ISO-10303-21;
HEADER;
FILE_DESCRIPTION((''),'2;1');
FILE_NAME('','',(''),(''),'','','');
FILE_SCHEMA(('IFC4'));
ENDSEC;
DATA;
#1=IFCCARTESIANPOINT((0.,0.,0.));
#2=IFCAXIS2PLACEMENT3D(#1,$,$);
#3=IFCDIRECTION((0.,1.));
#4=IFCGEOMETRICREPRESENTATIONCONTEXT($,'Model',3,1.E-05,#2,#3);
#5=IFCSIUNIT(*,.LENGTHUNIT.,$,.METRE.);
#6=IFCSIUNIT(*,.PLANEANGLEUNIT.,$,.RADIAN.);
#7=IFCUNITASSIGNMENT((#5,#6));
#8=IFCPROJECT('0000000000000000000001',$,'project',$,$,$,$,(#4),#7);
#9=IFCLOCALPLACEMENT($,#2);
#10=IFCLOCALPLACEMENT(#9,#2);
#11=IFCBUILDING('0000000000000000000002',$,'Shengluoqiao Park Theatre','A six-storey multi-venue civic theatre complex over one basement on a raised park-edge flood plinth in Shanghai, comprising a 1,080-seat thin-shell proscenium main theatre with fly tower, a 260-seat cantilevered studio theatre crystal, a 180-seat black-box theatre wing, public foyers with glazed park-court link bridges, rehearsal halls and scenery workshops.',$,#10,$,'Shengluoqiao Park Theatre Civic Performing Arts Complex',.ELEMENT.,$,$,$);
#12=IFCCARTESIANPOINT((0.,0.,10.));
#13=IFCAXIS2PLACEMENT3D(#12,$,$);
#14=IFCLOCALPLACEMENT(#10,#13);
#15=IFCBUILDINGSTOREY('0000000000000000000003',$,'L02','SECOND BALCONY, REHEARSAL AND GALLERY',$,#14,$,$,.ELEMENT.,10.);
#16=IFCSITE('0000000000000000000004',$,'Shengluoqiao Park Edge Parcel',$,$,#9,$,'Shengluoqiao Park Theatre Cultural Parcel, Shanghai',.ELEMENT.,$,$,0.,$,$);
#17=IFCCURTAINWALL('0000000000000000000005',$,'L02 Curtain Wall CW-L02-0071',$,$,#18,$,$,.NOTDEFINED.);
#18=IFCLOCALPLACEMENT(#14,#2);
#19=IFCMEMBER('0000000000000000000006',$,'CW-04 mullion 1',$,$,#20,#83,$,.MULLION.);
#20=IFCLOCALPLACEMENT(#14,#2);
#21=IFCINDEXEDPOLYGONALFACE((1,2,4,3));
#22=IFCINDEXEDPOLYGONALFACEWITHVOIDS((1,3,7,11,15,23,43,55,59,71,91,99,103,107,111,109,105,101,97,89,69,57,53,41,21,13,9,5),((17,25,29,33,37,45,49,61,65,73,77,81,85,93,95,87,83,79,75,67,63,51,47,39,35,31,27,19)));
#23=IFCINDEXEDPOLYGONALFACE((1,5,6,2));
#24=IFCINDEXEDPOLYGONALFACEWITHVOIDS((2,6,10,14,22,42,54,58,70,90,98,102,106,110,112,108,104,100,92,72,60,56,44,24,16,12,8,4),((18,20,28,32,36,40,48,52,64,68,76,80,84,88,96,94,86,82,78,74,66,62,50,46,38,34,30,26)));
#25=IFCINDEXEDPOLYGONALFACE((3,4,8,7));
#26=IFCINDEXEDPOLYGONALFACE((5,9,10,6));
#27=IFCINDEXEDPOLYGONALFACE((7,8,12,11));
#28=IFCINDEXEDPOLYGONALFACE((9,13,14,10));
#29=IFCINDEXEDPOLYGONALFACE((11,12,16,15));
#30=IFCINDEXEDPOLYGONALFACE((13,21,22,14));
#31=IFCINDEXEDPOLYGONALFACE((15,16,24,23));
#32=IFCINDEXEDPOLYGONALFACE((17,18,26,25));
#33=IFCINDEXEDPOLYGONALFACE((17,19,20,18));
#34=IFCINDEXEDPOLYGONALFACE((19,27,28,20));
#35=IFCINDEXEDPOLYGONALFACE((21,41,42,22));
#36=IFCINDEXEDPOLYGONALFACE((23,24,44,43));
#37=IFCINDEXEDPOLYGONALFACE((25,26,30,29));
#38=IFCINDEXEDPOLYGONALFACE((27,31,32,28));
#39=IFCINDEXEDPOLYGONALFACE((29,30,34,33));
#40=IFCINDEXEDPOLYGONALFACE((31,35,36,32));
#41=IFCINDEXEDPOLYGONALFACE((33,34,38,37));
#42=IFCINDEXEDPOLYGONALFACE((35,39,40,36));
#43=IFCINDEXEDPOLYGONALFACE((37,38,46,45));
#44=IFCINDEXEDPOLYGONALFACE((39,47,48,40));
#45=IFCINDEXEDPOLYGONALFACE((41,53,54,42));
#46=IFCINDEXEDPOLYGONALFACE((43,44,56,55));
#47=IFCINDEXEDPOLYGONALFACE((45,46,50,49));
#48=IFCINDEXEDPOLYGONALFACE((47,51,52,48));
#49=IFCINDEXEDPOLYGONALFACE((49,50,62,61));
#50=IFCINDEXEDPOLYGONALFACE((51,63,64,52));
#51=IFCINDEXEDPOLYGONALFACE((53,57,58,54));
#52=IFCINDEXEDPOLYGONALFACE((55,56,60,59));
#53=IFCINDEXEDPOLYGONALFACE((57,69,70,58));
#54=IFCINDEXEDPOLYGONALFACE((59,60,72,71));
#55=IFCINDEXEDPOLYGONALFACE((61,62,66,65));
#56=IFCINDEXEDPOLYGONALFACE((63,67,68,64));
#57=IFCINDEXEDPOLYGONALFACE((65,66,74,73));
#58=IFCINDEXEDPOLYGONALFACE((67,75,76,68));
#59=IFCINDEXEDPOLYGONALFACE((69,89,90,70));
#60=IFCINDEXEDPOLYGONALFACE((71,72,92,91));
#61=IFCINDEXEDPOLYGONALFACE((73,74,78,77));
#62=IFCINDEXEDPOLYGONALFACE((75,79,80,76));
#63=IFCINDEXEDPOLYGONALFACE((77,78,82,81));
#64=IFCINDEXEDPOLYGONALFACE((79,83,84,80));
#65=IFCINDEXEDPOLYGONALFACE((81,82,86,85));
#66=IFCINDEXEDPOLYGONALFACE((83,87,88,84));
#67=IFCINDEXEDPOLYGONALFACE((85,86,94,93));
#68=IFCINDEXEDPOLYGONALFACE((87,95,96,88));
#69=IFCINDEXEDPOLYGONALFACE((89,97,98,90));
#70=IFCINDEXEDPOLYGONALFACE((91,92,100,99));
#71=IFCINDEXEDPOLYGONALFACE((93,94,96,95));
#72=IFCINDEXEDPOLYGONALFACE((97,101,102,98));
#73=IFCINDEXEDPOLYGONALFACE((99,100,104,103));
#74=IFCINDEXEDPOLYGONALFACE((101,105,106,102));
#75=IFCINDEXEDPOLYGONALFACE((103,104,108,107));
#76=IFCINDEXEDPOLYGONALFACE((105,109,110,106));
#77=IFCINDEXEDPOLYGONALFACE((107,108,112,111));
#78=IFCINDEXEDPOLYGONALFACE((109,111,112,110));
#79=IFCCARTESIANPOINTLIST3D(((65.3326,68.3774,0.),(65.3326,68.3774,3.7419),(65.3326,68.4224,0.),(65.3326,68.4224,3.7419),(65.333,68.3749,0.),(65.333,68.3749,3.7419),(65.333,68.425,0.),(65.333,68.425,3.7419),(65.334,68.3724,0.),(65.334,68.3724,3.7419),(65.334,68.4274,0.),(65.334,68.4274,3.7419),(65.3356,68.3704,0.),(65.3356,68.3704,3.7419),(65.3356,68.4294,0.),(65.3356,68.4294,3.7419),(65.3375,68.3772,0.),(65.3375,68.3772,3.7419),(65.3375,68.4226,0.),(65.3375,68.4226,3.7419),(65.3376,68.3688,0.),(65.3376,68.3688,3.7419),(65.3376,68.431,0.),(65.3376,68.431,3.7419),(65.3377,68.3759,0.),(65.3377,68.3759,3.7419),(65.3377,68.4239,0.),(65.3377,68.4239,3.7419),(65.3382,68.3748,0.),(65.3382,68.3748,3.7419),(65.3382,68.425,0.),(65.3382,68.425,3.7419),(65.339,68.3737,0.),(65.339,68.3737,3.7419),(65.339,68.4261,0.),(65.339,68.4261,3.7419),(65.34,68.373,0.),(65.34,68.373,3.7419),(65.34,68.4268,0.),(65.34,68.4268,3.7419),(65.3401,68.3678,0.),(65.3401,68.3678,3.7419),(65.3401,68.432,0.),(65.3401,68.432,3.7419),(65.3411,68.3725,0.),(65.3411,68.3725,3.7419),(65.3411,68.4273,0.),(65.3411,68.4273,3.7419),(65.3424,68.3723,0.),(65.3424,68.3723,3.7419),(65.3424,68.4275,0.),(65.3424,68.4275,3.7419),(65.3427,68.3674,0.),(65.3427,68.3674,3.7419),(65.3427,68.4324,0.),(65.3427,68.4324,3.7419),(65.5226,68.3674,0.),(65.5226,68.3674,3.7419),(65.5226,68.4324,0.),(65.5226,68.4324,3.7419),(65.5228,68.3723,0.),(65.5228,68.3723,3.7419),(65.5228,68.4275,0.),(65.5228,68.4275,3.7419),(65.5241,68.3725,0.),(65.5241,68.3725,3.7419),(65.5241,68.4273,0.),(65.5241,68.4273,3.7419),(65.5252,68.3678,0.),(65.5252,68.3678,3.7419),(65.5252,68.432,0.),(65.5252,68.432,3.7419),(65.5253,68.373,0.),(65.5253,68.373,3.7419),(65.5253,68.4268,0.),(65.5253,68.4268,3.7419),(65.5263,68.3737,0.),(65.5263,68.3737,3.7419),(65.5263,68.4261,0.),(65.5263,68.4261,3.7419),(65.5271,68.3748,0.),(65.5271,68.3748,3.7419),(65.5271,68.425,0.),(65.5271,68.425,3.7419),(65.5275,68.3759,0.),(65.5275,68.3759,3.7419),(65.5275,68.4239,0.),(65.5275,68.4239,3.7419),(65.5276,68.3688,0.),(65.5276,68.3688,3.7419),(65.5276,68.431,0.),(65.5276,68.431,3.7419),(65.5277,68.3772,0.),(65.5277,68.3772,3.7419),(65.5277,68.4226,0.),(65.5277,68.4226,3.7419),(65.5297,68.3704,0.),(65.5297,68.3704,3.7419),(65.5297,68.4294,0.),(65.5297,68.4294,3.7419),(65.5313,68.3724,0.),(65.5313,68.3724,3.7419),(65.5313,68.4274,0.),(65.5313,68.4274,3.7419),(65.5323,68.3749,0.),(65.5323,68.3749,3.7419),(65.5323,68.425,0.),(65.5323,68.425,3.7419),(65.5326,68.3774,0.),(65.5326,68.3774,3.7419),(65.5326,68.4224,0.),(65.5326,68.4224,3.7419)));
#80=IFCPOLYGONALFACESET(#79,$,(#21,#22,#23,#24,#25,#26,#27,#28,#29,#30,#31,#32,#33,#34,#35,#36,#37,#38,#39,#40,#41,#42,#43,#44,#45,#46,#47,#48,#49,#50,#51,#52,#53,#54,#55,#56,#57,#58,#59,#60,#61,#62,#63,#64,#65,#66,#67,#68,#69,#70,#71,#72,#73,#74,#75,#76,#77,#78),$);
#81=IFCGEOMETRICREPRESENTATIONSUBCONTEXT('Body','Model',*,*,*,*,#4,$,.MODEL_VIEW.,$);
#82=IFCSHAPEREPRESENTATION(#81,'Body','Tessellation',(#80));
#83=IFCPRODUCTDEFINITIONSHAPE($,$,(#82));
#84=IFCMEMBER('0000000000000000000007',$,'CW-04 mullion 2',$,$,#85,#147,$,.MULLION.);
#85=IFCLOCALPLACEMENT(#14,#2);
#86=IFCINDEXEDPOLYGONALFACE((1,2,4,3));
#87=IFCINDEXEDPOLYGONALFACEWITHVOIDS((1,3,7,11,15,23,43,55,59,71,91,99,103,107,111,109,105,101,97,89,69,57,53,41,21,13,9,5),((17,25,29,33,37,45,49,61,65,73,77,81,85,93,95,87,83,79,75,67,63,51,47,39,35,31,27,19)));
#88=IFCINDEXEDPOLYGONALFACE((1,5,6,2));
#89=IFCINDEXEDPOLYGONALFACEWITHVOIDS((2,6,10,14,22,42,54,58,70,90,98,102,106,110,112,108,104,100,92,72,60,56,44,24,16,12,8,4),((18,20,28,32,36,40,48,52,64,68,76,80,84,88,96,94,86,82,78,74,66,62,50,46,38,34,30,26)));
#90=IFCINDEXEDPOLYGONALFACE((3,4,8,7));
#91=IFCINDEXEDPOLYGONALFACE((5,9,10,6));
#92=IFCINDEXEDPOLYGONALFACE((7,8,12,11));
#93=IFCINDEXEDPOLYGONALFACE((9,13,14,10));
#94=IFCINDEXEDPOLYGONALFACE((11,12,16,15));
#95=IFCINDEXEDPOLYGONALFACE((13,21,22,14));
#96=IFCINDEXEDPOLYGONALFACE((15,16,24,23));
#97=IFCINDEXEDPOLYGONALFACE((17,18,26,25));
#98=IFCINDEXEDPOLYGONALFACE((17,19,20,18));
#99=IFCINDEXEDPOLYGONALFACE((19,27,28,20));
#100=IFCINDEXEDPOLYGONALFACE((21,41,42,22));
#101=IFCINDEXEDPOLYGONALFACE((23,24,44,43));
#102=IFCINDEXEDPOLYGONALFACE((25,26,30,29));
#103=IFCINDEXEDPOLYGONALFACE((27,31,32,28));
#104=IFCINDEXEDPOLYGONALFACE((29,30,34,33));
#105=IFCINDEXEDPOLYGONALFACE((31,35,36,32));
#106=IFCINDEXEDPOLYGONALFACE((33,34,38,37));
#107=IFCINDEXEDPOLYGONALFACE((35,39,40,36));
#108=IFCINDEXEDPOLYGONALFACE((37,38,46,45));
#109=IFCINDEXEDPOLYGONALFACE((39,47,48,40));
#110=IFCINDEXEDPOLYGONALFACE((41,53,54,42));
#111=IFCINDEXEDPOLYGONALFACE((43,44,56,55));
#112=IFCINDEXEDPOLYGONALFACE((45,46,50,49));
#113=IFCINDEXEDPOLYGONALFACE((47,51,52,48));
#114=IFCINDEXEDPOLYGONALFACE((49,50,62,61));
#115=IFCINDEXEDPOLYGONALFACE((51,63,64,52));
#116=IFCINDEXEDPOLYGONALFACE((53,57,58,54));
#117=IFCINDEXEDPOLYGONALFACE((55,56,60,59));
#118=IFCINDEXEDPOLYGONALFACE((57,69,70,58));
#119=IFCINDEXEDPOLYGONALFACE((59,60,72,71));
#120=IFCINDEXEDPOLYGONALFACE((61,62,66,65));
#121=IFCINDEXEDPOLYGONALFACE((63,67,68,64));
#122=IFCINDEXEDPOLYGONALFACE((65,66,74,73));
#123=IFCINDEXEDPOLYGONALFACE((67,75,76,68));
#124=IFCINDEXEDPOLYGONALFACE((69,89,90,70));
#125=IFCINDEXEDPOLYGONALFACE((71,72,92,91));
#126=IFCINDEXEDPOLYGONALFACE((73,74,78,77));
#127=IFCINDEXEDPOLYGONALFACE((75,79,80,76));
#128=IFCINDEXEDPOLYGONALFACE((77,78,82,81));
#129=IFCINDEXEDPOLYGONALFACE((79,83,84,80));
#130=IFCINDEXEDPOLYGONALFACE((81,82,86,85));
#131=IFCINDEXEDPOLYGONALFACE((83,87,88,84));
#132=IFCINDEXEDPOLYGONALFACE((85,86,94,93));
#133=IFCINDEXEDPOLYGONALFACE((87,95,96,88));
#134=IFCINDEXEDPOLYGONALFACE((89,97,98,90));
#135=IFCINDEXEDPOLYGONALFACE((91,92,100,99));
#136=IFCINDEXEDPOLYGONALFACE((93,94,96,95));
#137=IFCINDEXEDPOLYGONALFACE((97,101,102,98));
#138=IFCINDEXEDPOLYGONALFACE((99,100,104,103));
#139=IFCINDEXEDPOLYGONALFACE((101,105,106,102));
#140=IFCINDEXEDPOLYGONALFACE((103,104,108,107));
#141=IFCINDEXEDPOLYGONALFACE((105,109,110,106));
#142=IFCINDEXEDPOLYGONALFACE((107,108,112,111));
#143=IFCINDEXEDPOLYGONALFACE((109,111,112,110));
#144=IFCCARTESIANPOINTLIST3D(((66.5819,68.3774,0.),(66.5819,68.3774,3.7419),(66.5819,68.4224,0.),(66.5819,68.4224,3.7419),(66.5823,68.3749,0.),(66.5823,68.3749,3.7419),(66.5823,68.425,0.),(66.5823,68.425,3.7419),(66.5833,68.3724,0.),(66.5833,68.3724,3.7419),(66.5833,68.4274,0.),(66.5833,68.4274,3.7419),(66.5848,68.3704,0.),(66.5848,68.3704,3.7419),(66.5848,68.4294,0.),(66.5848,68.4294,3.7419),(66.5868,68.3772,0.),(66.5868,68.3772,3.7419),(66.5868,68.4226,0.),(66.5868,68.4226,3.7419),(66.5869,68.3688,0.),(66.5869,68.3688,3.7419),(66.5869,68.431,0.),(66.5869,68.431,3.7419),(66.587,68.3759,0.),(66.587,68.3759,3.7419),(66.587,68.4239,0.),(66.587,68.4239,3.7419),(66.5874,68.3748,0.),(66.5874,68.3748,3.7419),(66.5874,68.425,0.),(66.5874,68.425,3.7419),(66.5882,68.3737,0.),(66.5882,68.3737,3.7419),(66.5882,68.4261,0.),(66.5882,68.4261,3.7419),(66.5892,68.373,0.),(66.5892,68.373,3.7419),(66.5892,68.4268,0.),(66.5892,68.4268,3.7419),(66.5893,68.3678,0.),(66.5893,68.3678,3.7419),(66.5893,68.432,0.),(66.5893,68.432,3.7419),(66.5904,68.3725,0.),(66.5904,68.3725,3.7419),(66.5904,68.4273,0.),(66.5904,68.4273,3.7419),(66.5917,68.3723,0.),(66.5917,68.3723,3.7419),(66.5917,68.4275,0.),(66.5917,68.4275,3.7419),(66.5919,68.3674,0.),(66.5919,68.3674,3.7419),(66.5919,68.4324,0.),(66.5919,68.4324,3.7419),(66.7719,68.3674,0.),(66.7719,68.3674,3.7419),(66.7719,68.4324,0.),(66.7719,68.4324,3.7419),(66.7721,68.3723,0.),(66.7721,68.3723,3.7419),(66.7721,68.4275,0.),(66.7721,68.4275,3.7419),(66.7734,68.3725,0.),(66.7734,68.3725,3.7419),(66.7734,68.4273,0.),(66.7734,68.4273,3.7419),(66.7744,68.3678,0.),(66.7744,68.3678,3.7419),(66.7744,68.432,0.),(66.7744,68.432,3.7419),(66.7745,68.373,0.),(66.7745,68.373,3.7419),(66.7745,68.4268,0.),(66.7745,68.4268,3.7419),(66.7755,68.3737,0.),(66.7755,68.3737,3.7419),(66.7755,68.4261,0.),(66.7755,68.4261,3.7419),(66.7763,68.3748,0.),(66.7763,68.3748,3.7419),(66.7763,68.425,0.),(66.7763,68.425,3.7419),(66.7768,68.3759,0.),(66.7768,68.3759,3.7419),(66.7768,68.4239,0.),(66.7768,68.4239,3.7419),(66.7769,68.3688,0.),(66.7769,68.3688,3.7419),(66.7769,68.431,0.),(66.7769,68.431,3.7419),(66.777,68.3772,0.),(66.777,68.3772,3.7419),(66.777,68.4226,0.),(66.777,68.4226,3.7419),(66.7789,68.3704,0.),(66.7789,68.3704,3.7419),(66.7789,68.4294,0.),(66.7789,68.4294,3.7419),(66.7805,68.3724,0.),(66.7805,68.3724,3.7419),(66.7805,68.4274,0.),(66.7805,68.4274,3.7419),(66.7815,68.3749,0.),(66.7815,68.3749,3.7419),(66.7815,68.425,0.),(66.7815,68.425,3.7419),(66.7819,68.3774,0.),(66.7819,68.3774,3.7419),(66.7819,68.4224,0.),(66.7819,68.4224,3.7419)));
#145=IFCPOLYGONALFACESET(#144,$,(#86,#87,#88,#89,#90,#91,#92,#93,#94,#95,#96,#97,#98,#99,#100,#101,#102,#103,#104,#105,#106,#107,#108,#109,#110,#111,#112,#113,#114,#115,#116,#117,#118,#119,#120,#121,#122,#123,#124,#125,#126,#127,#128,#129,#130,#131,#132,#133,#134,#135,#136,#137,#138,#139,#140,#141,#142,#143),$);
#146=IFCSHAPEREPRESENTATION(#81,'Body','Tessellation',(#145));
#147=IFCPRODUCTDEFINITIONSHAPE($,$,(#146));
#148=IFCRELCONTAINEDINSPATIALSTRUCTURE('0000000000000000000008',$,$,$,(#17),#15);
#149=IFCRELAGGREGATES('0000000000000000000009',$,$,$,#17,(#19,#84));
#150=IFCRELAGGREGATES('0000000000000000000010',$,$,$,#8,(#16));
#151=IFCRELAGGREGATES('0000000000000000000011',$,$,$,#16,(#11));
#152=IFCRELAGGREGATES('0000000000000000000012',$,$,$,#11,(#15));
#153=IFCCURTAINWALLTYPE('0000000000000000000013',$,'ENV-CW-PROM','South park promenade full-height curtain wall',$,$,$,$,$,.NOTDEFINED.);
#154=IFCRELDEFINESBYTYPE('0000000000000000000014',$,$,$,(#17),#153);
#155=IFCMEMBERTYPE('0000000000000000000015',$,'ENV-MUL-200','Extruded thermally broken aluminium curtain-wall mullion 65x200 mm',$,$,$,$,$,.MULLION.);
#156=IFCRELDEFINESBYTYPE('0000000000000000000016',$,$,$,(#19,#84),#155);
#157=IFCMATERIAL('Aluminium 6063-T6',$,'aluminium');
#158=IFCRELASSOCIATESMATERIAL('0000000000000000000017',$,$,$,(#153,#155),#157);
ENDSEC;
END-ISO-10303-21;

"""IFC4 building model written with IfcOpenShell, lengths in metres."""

from ifc_helpers import new_model, si_unit, direction, frame, origin, origin_2d, place, context, subcontext, project, spatial, hollow_rectangle, extrude, material, material_profile, profile_set, type_object, element, aggregate, save


model = new_model("IFC4")

# Units and contexts
model_context = context("Model", 3, precision=1e-05, world=origin(), true_north=direction((0.0, 1.0)))
body_context = subcontext(model_context, "Body", "Model", "MODEL_VIEW")
ifc_project = project(units=[si_unit("LENGTHUNIT", "METRE"), si_unit("PLANEANGLEUNIT", "RADIAN")], contexts=[model_context])

# Site, building, storey
site_placement = place(None, origin())
site = spatial("IfcSite", under=ifc_project, at=site_placement, Name="Shengluoqiao Park Edge Parcel", LongName="Shengluoqiao Park Theatre Cultural Parcel, Shanghai", CompositionType="ELEMENT", RefElevation=0.0)
building_placement = place(site_placement, origin())
building = spatial("IfcBuilding", under=site, at=building_placement, Name="Shengluoqiao Park Theatre", Description="A six-storey multi-venue civic theatre complex over one basement on a raised park-edge flood plinth in Shanghai, comprising a 1,080-seat thin-shell proscenium main theatre with fly tower, a 260-seat cantilevered studio theatre crystal, a 180-seat black-box theatre wing, public foyers with glazed park-court link bridges, rehearsal halls and scenery workshops.", LongName="Shengluoqiao Park Theatre Civic Performing Arts Complex", CompositionType="ELEMENT")
storey_placement = place(building_placement, frame((0.0, 0.0, 10.0)))
storey = spatial("IfcBuildingStorey", under=building, at=storey_placement, Name="L02", Description="SECOND BALCONY, REHEARSAL AND GALLERY", CompositionType="ELEMENT", Elevation=10.0)

# Curtain wall, members
ifc_material_1 = material(Name="Aluminium 6063-T6", Category="aluminium")
curtain_wall_type = type_object("IfcCurtainWallType", Name="ENV-CW-PROM", Description="South park promenade full-height curtain wall", PredefinedType="NOTDEFINED", material=ifc_material_1)
ifc_material_profile_1 = material_profile(ifc_material_1, hollow_rectangle(XDim=0.0649, YDim=0.2, WallThickness=0.0049, InnerFilletRadius=0.0049, OuterFilletRadius=0.01, at=origin_2d()), Name="ALU MULLION 200x65x5")
ifc_profile_set_1 = profile_set([ifc_material_profile_1], Name="Aluminium 6063-T6")
member_type_1 = type_object("IfcMemberType", Name="ENV-MUL-200", Description="Extruded thermally broken aluminium curtain-wall mullion 65x200 mm", PredefinedType="MULLION", material=ifc_profile_set_1)
curtain_wall_1_placement = place(storey_placement, origin())
curtain_wall_1 = element("IfcCurtainWall", 1, at=curtain_wall_1_placement, inside=storey, type_object=curtain_wall_type, Name="L02 Curtain Wall CW-L02-0071", PredefinedType="NOTDEFINED")
member_1_placement = place(storey_placement, frame((65.4326, 68.3999, 0.0), z_axis=(0.0, 0.0, 1.0), x_axis=(0.0, 1.0, 0.0)))
member_1 = element("IfcMember", 2, at=member_1_placement, type_object=member_type_1, Name="CW-04 mullion 1", PredefinedType="MULLION", context=body_context, shape_type="SweptSolid", body=[
    extrude(hollow_rectangle(XDim=0.0649, YDim=0.2, WallThickness=0.0049, InnerFilletRadius=0.0049, OuterFilletRadius=0.01, at=origin_2d()), origin(), (0.0, 0.0, 1.0), 3.7419),
])
member_2_placement = place(storey_placement, frame((66.6819, 68.3999, 0.0), z_axis=(0.0, 0.0, 1.0), x_axis=(0.0, 1.0, 0.0)))
member_2 = element("IfcMember", 3, at=member_2_placement, type_object=member_type_1, Name="CW-04 mullion 2", PredefinedType="MULLION", context=body_context, shape_type="SweptSolid", body=[
    extrude(hollow_rectangle(XDim=0.0649, YDim=0.2, WallThickness=0.0049, InnerFilletRadius=0.0049, OuterFilletRadius=0.01, at=origin_2d()), origin(), (0.0, 0.0, 1.0), 3.7419),
])

aggregate(curtain_wall_1, [member_1, member_2])

save(model, "model.ifc")
